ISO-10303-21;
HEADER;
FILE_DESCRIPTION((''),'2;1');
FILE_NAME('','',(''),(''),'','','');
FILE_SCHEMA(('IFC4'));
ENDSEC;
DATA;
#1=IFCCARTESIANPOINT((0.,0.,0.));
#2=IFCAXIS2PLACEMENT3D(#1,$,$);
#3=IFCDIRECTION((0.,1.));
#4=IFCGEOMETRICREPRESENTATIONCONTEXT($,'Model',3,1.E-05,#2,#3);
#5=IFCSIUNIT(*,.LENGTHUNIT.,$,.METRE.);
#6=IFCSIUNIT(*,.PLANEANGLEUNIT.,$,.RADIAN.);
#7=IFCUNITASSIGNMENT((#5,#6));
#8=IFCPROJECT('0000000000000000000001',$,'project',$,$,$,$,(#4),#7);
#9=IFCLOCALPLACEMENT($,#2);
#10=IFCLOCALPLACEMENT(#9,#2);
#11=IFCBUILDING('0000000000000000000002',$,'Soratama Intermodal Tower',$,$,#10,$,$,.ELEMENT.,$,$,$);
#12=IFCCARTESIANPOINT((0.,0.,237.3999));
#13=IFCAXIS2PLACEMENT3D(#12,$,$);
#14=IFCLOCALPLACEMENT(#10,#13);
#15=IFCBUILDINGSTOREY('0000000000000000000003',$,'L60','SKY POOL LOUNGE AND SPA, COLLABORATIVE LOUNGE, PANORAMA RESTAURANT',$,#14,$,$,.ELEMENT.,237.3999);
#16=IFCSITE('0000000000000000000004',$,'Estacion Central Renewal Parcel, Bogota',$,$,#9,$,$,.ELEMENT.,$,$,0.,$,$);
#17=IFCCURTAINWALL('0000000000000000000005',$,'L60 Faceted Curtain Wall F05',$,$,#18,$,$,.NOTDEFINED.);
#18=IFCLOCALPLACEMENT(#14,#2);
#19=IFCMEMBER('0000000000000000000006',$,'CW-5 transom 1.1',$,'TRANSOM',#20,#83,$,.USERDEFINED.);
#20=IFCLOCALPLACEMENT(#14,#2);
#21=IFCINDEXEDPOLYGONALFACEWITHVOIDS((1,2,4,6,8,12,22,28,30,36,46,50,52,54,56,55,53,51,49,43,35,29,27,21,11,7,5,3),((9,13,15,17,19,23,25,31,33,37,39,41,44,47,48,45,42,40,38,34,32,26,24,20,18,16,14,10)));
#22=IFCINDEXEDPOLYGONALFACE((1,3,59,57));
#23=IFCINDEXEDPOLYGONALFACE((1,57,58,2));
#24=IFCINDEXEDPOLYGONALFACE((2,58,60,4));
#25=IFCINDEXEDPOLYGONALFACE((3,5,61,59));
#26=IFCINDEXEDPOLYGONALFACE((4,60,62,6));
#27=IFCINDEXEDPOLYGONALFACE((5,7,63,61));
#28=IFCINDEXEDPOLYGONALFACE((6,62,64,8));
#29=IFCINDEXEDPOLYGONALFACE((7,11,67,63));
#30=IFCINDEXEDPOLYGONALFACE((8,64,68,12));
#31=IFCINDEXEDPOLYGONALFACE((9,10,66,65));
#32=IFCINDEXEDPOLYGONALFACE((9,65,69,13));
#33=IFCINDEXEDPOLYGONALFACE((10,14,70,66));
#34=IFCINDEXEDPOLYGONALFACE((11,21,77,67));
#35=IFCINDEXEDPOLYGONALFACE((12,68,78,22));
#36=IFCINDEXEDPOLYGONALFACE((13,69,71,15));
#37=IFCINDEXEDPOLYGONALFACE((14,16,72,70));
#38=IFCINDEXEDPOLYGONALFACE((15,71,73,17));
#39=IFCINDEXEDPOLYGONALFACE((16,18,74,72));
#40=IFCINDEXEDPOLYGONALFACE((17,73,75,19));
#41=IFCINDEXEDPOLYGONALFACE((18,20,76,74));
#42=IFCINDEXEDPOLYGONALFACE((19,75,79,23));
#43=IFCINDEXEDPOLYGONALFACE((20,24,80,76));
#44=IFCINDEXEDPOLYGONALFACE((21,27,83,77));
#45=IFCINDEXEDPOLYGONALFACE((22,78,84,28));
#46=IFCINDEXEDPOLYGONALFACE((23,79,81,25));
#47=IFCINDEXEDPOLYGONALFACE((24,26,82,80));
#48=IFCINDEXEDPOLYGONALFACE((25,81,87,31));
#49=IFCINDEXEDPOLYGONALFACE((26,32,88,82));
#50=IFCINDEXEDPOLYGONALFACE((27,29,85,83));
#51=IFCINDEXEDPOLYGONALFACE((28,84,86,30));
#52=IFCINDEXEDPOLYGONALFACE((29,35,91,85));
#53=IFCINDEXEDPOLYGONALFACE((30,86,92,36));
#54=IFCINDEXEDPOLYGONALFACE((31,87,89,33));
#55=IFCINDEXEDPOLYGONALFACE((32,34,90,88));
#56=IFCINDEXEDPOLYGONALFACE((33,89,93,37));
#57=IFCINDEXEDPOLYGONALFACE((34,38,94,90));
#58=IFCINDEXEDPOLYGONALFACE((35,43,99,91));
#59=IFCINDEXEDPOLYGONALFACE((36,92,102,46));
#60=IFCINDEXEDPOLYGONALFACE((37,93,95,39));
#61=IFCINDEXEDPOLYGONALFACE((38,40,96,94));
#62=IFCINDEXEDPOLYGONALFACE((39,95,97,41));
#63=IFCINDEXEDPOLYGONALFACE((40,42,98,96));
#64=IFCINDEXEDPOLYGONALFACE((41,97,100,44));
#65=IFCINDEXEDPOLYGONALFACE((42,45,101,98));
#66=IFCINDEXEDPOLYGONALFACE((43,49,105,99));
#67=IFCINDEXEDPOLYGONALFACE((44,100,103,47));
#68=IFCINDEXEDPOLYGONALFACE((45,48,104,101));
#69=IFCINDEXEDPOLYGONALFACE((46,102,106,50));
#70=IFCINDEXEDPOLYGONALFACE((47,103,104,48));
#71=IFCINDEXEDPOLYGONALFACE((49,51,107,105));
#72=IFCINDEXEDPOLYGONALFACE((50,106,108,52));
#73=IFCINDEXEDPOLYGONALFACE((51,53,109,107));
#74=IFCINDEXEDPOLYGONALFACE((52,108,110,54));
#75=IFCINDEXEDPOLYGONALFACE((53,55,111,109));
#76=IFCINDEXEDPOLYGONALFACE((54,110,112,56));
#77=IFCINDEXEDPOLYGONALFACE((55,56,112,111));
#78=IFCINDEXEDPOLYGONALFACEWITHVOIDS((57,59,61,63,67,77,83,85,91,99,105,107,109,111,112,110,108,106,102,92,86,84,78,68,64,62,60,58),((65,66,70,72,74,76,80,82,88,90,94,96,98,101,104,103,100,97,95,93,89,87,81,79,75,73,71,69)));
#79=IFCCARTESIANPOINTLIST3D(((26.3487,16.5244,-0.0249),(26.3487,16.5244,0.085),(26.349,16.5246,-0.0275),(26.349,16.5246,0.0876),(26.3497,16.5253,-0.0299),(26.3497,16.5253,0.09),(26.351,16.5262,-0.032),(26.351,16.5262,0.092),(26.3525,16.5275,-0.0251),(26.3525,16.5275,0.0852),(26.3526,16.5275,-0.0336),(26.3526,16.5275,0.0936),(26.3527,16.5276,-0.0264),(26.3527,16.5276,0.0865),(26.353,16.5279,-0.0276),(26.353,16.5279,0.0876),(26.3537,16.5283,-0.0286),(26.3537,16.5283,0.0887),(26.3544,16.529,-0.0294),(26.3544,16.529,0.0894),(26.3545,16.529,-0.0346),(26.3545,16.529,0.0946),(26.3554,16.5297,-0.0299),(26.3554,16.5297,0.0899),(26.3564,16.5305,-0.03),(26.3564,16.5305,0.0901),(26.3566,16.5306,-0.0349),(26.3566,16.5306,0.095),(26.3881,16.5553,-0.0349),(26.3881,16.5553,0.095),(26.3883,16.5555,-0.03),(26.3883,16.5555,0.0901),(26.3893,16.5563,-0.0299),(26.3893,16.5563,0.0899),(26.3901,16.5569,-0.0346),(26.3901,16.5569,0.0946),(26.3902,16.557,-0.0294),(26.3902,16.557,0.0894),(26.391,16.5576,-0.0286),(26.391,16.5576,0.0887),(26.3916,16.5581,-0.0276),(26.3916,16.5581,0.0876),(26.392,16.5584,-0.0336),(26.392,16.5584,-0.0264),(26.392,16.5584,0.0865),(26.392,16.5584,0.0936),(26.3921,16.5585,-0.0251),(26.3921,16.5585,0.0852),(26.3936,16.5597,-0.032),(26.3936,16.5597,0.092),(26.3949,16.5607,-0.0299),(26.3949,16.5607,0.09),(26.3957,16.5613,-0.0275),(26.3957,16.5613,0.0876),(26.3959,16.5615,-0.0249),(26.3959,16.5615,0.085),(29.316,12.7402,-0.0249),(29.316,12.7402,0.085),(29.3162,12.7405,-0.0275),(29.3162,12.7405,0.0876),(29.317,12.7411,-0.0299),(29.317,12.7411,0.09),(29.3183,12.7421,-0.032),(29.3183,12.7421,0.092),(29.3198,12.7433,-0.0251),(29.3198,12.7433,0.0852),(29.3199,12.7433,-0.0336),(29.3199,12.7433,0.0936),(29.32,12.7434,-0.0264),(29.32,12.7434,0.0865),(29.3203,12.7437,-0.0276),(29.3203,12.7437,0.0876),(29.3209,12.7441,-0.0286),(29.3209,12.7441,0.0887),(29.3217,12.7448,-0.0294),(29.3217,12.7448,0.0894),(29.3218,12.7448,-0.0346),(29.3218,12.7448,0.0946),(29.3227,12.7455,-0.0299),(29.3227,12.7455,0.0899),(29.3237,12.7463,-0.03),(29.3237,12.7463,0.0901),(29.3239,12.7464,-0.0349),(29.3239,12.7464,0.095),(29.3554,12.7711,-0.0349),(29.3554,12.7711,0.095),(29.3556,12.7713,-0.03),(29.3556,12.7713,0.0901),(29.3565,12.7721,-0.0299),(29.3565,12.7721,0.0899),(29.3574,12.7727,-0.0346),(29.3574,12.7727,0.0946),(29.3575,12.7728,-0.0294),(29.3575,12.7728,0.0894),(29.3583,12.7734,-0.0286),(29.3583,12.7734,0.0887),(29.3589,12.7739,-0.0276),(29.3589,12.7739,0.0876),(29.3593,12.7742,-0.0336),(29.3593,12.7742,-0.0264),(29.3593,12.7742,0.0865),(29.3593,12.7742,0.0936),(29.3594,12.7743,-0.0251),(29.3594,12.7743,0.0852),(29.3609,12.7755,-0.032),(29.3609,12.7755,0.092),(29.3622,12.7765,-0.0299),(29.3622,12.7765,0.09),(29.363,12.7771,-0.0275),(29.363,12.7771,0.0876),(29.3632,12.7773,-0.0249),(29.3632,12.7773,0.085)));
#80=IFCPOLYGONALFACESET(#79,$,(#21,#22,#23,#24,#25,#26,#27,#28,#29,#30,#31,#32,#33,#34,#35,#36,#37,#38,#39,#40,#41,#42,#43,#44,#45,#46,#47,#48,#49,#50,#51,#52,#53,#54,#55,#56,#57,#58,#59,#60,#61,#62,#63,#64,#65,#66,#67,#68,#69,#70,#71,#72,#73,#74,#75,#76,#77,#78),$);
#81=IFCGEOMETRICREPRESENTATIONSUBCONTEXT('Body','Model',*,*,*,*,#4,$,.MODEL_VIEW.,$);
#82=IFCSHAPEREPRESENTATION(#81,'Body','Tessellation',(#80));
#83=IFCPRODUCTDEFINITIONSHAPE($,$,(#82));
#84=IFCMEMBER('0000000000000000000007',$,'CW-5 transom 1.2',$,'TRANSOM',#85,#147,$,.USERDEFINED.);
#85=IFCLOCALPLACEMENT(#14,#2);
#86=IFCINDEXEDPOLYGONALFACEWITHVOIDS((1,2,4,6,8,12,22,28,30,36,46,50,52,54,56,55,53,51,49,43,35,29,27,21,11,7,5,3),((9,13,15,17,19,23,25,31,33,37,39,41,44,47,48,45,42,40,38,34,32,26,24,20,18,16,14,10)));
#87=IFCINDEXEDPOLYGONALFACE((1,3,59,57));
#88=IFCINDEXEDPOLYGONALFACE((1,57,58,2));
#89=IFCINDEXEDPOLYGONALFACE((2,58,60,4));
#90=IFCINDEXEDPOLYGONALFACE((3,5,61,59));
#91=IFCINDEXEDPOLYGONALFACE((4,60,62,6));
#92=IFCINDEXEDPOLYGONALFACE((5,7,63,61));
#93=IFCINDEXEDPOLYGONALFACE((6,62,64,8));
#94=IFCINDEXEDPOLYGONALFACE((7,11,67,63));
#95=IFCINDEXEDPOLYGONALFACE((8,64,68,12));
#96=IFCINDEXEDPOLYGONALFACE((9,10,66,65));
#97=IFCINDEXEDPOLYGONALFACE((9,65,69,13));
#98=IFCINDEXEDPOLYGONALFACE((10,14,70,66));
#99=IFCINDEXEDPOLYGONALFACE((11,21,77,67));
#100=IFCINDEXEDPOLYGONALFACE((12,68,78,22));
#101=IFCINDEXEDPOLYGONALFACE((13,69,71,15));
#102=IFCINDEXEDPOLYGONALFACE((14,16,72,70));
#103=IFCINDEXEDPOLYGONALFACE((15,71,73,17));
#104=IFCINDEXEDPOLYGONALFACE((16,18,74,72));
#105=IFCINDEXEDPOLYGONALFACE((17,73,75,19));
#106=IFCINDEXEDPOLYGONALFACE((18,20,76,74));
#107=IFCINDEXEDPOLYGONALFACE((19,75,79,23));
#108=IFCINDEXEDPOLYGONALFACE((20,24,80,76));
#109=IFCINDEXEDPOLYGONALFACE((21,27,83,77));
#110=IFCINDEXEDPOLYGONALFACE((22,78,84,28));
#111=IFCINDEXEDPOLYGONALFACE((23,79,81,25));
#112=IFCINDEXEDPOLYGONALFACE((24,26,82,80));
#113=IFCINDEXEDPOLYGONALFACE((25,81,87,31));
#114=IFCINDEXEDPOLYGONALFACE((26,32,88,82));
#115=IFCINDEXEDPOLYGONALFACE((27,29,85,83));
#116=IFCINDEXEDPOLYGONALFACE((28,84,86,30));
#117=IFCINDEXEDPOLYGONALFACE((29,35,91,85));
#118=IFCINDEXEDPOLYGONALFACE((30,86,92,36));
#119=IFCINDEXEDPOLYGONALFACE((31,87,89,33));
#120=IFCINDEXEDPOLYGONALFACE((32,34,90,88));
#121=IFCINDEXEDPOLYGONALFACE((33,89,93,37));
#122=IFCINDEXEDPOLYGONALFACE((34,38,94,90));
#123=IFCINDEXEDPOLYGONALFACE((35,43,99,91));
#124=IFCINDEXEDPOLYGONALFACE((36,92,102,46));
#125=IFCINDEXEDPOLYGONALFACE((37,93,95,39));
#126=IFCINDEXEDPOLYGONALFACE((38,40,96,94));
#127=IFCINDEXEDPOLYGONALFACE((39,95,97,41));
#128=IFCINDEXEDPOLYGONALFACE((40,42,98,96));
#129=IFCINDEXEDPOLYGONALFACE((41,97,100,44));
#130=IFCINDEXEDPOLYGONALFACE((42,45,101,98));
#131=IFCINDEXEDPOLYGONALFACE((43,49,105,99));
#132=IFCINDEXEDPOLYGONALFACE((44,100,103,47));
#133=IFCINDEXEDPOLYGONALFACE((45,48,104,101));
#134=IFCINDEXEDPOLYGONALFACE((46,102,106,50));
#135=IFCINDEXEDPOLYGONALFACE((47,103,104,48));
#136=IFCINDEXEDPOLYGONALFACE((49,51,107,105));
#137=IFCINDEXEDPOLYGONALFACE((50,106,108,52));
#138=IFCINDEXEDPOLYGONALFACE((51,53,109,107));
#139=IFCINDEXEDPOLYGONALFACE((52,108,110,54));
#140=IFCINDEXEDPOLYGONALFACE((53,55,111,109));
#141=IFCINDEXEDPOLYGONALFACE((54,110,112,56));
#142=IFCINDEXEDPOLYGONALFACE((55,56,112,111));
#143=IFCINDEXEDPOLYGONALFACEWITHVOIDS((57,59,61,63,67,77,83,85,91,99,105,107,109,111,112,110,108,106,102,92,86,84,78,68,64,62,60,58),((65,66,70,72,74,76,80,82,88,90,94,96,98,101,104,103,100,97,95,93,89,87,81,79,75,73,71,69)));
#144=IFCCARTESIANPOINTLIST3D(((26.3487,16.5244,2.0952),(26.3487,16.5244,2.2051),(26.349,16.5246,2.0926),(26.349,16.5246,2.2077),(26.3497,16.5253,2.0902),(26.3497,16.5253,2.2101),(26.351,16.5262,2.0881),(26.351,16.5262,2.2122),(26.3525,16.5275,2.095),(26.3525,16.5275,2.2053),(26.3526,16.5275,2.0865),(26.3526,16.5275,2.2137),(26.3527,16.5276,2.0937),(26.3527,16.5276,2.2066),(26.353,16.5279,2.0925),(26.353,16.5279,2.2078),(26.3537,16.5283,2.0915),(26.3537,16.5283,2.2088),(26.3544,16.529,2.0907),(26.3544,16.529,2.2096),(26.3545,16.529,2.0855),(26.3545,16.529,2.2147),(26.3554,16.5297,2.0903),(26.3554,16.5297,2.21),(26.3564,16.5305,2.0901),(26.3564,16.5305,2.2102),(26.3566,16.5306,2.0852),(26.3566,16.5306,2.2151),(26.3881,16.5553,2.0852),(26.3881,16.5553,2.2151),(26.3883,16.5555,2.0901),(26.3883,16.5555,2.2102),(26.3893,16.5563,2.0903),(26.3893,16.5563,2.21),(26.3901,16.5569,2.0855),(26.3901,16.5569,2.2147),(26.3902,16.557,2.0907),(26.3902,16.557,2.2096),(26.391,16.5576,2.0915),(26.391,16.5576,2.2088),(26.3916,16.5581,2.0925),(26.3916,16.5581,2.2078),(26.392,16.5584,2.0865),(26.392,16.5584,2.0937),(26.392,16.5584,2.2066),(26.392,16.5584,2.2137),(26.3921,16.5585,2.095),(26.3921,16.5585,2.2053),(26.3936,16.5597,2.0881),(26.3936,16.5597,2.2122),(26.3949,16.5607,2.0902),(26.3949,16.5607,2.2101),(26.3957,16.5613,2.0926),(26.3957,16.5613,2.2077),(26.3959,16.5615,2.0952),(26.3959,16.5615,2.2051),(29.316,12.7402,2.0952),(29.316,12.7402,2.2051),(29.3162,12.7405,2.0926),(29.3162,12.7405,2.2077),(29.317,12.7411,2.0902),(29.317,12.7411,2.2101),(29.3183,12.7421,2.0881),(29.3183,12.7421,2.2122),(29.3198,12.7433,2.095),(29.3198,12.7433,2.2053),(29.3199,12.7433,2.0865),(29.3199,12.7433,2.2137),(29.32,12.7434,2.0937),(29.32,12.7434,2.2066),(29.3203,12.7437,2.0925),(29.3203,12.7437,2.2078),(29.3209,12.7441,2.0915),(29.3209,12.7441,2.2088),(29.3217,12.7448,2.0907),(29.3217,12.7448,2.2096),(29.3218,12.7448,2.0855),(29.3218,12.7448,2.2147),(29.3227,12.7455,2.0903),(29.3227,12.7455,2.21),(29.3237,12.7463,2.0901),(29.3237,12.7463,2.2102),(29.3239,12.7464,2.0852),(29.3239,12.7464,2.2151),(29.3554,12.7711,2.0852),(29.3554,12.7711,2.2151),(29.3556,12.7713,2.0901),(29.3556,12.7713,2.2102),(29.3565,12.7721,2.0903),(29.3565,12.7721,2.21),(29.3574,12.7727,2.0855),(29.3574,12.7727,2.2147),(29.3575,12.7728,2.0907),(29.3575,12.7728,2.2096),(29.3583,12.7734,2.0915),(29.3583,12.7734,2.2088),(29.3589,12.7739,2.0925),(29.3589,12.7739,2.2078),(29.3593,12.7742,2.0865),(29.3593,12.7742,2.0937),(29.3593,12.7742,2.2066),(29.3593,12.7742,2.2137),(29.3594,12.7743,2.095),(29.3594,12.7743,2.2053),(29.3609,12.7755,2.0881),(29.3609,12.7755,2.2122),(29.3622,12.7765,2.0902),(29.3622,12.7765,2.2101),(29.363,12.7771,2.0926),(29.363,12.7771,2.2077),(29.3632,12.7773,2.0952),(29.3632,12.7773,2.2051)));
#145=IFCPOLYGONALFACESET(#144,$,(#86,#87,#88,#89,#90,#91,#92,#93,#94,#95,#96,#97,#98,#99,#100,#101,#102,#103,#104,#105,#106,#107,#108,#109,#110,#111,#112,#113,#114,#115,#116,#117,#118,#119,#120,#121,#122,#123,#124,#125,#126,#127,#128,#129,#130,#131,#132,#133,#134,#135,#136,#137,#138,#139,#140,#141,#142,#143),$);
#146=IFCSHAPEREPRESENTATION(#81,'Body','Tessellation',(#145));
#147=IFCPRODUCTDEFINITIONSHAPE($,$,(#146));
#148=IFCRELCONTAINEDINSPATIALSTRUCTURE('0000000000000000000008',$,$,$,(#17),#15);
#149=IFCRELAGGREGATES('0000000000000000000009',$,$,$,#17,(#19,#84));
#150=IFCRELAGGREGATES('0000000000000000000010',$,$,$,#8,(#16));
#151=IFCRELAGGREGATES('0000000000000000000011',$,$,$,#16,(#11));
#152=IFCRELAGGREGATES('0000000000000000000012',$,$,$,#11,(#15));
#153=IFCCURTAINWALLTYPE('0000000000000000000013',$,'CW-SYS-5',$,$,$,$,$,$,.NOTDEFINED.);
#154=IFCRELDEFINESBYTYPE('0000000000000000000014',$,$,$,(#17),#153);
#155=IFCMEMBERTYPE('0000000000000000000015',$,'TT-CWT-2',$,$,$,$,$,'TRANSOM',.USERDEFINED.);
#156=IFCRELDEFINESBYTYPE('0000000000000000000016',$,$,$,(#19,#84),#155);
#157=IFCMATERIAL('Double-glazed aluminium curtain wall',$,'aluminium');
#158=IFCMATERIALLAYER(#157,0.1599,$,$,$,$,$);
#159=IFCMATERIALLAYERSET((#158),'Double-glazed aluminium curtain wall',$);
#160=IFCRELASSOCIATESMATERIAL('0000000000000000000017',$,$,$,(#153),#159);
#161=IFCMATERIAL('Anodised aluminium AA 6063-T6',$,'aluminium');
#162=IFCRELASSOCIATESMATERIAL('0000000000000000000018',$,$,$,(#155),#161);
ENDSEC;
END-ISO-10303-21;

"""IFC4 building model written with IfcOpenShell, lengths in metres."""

from ifc_helpers import new_model, si_unit, direction, frame, origin, origin_2d, place, context, subcontext, project, spatial, hollow_rectangle, extrude, material, layer, layer_set, material_profile, profile_set, type_object, element, aggregate, save


model = new_model("IFC4")

# Units and contexts
model_context = context("Model", 3, precision=1e-05, world=origin(), true_north=direction((0.0, 1.0)))
body_context = subcontext(model_context, "Body", "Model", "MODEL_VIEW")
ifc_project = project(units=[si_unit("LENGTHUNIT", "METRE"), si_unit("PLANEANGLEUNIT", "RADIAN")], contexts=[model_context])

# Site, building, storey
site_placement = place(None, origin())
site = spatial("IfcSite", under=ifc_project, at=site_placement, Name="Estacion Central Renewal Parcel, Bogota", CompositionType="ELEMENT", RefElevation=0.0)
building_placement = place(site_placement, origin())
building = spatial("IfcBuilding", under=site, at=building_placement, Name="Soratama Intermodal Tower", CompositionType="ELEMENT")
storey_placement = place(building_placement, frame((0.0, 0.0, 237.3999)))
storey = spatial("IfcBuildingStorey", under=building, at=storey_placement, Name="L60", Description="SKY POOL LOUNGE AND SPA, COLLABORATIVE LOUNGE, PANORAMA RESTAURANT", CompositionType="ELEMENT", Elevation=237.3999)

# Shared definitions
ifc_material_1 = material(Name="Double-glazed aluminium curtain wall", Category="aluminium")
ifc_layer_1 = layer(ifc_material_1, 0.1599)
ifc_layer_set_1 = layer_set([ifc_layer_1], Name="Double-glazed aluminium curtain wall")
curtain_wall_type = type_object("IfcCurtainWallType", Name="CW-SYS-5", PredefinedType="NOTDEFINED", material=ifc_layer_set_1)

# Curtain wall
curtain_wall_1_placement = place(storey_placement, origin())
curtain_wall_1 = element("IfcCurtainWall", 1, at=curtain_wall_1_placement, inside=storey, type_object=curtain_wall_type, Name="L60 Faceted Curtain Wall F05", PredefinedType="NOTDEFINED")

# Members
ifc_material_2 = material(Name="Anodised aluminium AA 6063-T6", Category="aluminium")
ifc_material_profile_1 = material_profile(ifc_material_2, hollow_rectangle(XDim=0.0601, YDim=0.1299, WallThickness=0.0049, InnerFilletRadius=0.0049, OuterFilletRadius=0.01, at=origin_2d()), Name="CWT130X60X5")
ifc_profile_set_1 = profile_set([ifc_material_profile_1], Name="Anodised aluminium AA 6063-T6")
member_type_1 = type_object("IfcMemberType", Name="TT-CWT-2", ElementType="TRANSOM", PredefinedType="USERDEFINED", material=ifc_profile_set_1)
member_1_placement = place(storey_placement, frame((26.3723, 16.543, 0.03), z_axis=(0.61705, -0.786924, 0.0), x_axis=(0.786924, 0.61705, 0.0)))
member_1 = element("IfcMember", 2, at=member_1_placement, type_object=member_type_1, Name="CW-5 transom 1.1", ObjectType="TRANSOM", PredefinedType="USERDEFINED", context=body_context, shape_type="SweptSolid", body=[
    extrude(hollow_rectangle(XDim=0.0601, YDim=0.1299, WallThickness=0.0049, InnerFilletRadius=0.0049, OuterFilletRadius=0.01, at=origin_2d()), origin(), (0.0, 0.0, 1.0), 4.8088),
])
member_2_placement = place(storey_placement, frame((26.3723, 16.543, 2.1501), z_axis=(0.61705, -0.786924, 0.0), x_axis=(0.786924, 0.61705, 0.0)))
member_2 = element("IfcMember", 3, at=member_2_placement, type_object=member_type_1, Name="CW-5 transom 1.2", ObjectType="TRANSOM", PredefinedType="USERDEFINED", context=body_context, shape_type="SweptSolid", body=[
    extrude(hollow_rectangle(XDim=0.0601, YDim=0.1299, WallThickness=0.0049, InnerFilletRadius=0.0049, OuterFilletRadius=0.01, at=origin_2d()), origin(), (0.0, 0.0, 1.0), 4.8088),
])
aggregate(curtain_wall_1, [member_1, member_2])

save(model, "model.ifc")
